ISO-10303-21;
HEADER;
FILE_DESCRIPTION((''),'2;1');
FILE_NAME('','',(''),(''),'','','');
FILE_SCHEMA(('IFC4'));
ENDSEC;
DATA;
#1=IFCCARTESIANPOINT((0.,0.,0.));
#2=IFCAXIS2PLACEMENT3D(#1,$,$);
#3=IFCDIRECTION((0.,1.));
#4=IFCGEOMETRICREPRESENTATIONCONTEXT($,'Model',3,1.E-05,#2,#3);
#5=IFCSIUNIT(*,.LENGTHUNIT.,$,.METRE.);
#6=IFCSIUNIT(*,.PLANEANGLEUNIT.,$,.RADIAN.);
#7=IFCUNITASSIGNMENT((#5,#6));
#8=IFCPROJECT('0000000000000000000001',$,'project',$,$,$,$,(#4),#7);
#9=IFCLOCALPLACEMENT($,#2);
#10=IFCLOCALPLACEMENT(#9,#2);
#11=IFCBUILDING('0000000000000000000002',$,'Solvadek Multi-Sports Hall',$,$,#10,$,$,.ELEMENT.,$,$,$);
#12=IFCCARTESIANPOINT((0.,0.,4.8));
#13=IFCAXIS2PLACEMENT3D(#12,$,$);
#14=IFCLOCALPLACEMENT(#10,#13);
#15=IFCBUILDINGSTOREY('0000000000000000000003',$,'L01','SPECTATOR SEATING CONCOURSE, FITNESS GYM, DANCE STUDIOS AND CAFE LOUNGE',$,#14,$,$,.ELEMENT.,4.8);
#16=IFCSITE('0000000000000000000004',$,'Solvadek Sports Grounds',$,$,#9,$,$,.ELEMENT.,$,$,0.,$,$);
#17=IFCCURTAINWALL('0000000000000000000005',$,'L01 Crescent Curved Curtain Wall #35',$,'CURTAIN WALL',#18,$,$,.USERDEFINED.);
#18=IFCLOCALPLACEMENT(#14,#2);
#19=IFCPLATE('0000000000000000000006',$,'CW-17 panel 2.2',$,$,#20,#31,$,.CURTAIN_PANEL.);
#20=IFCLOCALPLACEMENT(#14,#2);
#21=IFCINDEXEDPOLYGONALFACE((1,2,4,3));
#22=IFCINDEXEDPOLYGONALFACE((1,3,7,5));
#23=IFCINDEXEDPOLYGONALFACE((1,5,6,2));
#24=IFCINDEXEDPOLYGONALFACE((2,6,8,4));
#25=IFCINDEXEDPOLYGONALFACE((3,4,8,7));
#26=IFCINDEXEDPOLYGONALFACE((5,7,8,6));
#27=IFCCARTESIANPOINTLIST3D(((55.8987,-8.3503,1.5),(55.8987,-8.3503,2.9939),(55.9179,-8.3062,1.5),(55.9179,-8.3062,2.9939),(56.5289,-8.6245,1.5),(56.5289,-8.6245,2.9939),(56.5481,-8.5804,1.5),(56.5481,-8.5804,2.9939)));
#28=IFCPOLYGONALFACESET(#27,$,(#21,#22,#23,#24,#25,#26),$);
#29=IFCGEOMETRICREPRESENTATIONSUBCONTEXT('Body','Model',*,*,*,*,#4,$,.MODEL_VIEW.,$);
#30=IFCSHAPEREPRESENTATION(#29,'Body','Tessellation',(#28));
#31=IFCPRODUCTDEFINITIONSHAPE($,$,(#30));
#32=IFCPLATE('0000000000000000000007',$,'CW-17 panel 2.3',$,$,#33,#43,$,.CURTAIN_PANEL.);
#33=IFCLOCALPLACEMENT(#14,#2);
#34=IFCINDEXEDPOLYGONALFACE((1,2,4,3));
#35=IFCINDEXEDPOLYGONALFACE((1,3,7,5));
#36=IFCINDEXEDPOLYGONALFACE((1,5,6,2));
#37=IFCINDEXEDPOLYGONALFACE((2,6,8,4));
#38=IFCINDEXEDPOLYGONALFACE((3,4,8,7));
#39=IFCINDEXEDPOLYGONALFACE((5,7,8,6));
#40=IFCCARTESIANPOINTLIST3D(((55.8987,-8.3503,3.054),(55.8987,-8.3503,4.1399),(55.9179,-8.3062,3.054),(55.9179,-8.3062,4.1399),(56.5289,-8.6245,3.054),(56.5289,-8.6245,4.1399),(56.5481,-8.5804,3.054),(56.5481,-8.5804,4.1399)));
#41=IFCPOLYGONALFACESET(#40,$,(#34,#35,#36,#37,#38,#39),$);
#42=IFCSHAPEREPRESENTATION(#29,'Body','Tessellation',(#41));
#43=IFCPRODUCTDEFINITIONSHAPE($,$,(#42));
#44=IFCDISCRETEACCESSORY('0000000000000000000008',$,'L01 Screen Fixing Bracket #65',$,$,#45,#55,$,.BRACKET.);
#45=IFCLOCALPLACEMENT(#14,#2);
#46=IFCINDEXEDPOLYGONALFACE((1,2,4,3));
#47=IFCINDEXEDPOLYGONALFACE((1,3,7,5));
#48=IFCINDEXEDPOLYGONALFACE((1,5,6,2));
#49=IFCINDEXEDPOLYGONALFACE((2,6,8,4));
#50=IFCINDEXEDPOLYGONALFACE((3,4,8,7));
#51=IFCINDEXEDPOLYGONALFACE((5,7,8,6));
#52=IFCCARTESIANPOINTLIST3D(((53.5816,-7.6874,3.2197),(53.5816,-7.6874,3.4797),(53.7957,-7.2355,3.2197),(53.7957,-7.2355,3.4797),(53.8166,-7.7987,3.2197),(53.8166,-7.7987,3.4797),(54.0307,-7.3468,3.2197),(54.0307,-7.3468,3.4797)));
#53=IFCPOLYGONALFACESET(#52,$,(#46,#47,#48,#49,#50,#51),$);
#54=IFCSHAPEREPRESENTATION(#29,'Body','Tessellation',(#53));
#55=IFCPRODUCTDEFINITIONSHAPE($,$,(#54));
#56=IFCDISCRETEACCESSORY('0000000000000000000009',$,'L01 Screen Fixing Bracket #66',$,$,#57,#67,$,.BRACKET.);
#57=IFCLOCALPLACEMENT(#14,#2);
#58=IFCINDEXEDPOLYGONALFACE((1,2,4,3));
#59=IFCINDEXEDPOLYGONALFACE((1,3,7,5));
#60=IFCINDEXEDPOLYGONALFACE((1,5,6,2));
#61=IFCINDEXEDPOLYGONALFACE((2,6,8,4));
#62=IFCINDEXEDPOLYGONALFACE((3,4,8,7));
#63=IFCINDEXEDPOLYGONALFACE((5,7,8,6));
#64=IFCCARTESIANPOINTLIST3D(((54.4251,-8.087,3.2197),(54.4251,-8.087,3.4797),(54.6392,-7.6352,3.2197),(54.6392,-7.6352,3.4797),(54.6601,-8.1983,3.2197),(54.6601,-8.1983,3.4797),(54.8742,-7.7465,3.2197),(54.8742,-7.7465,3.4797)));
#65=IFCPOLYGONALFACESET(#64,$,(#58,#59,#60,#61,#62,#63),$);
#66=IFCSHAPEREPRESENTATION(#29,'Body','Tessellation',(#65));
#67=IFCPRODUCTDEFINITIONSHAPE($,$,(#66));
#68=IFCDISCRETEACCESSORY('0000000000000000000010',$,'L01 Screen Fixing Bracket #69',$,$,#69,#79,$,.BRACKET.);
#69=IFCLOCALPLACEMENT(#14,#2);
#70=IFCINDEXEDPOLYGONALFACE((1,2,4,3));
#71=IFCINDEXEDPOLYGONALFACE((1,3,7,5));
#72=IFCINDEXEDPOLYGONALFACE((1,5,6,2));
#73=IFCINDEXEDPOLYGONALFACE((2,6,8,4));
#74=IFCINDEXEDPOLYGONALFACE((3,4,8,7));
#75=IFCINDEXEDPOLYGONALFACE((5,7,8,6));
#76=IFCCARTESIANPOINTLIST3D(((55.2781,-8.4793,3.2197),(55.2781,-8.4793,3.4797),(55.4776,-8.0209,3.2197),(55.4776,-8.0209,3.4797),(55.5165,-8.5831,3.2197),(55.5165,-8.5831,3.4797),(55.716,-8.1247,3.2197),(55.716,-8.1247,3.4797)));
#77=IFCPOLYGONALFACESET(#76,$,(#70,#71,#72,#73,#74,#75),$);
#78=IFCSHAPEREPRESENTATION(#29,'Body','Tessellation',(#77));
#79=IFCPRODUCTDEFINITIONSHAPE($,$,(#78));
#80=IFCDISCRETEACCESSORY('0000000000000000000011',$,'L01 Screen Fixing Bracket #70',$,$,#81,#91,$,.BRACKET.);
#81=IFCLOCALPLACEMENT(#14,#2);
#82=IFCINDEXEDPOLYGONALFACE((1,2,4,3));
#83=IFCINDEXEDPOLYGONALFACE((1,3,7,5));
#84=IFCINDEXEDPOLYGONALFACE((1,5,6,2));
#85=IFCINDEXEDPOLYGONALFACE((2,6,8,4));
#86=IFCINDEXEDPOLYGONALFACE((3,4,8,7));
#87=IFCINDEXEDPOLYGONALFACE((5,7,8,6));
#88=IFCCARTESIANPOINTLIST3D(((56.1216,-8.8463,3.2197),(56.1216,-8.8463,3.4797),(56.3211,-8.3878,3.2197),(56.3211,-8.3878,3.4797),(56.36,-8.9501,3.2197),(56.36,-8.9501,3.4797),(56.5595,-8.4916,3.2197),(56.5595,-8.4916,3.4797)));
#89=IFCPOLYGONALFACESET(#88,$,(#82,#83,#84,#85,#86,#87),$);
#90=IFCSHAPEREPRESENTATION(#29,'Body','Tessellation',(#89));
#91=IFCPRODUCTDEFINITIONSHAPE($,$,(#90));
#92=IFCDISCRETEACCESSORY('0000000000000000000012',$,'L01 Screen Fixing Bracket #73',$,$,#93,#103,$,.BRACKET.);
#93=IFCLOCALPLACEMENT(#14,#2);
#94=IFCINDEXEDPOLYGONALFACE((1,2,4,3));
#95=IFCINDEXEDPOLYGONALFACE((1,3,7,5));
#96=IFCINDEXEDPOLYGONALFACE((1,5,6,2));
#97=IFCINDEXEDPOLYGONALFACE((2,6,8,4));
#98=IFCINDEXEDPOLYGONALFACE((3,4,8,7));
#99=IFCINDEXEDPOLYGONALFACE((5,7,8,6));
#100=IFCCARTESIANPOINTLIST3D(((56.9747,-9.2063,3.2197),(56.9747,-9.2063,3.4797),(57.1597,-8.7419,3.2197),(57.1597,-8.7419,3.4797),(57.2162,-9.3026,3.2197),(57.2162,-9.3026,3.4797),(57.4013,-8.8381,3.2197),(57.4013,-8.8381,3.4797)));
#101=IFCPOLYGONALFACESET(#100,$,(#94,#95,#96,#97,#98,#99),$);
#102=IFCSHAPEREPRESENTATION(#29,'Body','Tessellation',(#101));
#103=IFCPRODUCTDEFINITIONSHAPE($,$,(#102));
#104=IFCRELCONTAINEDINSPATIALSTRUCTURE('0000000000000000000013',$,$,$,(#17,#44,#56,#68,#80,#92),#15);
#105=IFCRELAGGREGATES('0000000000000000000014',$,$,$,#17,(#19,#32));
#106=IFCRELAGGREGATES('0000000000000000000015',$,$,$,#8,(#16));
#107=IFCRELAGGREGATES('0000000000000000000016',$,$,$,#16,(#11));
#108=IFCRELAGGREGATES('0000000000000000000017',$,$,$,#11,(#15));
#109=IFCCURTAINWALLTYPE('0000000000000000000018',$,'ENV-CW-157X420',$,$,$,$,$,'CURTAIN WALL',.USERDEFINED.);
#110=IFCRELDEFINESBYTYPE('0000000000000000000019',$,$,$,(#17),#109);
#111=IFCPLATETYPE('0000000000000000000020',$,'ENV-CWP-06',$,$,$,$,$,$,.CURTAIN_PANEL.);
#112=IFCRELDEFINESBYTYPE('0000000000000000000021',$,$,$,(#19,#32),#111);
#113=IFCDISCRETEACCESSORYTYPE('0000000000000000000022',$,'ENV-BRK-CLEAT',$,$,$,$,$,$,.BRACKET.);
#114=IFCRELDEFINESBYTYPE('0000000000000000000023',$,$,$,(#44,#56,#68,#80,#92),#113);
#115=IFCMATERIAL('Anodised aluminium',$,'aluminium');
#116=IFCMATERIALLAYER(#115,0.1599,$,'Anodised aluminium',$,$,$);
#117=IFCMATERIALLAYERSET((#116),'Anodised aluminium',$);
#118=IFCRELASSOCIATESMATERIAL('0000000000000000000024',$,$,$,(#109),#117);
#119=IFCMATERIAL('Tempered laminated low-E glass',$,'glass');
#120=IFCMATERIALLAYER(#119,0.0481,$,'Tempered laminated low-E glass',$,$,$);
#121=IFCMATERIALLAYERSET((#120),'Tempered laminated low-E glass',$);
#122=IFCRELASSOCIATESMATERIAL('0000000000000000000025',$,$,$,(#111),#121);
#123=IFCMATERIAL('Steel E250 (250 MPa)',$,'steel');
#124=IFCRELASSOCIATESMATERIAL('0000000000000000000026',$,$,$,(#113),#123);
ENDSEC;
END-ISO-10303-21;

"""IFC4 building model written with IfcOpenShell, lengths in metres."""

from ifc_helpers import new_model, si_unit, direction, frame, origin, origin_2d, place, context, subcontext, project, spatial, rectangle, extrude, material, layer, layer_set, type_object, element, aggregate, save


model = new_model("IFC4")

# Units and contexts
model_context = context("Model", 3, precision=1e-05, world=origin(), true_north=direction((0.0, 1.0)))
body_context = subcontext(model_context, "Body", "Model", "MODEL_VIEW")
ifc_project = project(units=[si_unit("LENGTHUNIT", "METRE"), si_unit("PLANEANGLEUNIT", "RADIAN")], contexts=[model_context])

# Site, building, storey
site_placement = place(None, origin())
site = spatial("IfcSite", under=ifc_project, at=site_placement, Name="Solvadek Sports Grounds", CompositionType="ELEMENT", RefElevation=0.0)
building_placement = place(site_placement, origin())
building = spatial("IfcBuilding", under=site, at=building_placement, Name="Solvadek Multi-Sports Hall", CompositionType="ELEMENT")
storey_placement = place(building_placement, frame((0.0, 0.0, 4.8)))
storey = spatial("IfcBuildingStorey", under=building, at=storey_placement, Name="L01", Description="SPECTATOR SEATING CONCOURSE, FITNESS GYM, DANCE STUDIOS AND CAFE LOUNGE", CompositionType="ELEMENT", Elevation=4.8)

# Curtain wall
ifc_material_1 = material(Name="Anodised aluminium", Category="aluminium")
ifc_layer_1 = layer(ifc_material_1, 0.1599, Name="Anodised aluminium")
ifc_layer_set_1 = layer_set([ifc_layer_1], Name="Anodised aluminium")
curtain_wall_type_1 = type_object("IfcCurtainWallType", Name="ENV-CW-157X420", ElementType="CURTAIN WALL", PredefinedType="USERDEFINED", material=ifc_layer_set_1)
curtain_wall_1_placement = place(storey_placement, origin())
curtain_wall_1 = element("IfcCurtainWall", 1, at=curtain_wall_1_placement, inside=storey, type_object=curtain_wall_type_1, Name="L01 Crescent Curved Curtain Wall #35", ObjectType="CURTAIN WALL", PredefinedType="USERDEFINED")

# Shared definitions
ifc_material_2 = material(Name="Steel E250 (250 MPa)", Category="steel")

# Plates
ifc_material_3 = material(Name="Tempered laminated low-E glass", Category="glass")
ifc_layer_2 = layer(ifc_material_3, 0.0481, Name="Tempered laminated low-E glass")
ifc_layer_set_2 = layer_set([ifc_layer_2], Name="Tempered laminated low-E glass")
plate_type_1 = type_object("IfcPlateType", Name="ENV-CWP-06", PredefinedType="CURTAIN_PANEL", material=ifc_layer_set_2)
plate_1_placement = place(storey_placement, frame((56.2234, -8.4653, 1.5), z_axis=(0.0, 0.0, 1.0), x_axis=(0.916926, -0.399057, 0.0)))
plate_1 = element("IfcPlate", 2, at=plate_1_placement, type_object=plate_type_1, Name="CW-17 panel 2.2", PredefinedType="CURTAIN_PANEL", context=body_context, shape_type="SweptSolid", body=[
    extrude(rectangle(XDim=0.6873, YDim=0.0481, at=origin_2d()), origin(), (0.0, 0.0, 1.0), 1.4939),
])
plate_2_placement = place(storey_placement, frame((56.2234, -8.4653, 3.054), z_axis=(0.0, 0.0, 1.0), x_axis=(0.916926, -0.399057, 0.0)))
plate_2 = element("IfcPlate", 3, at=plate_2_placement, type_object=plate_type_1, Name="CW-17 panel 2.3", PredefinedType="CURTAIN_PANEL", context=body_context, shape_type="SweptSolid", body=[
    extrude(rectangle(XDim=0.6873, YDim=0.0481, at=origin_2d()), origin(), (0.0, 0.0, 1.0), 1.0859),
])
aggregate(curtain_wall_1, [plate_1, plate_2])

# Discrete accessories
discrete_accessory_type = type_object("IfcDiscreteAccessoryType", Name="ENV-BRK-CLEAT", PredefinedType="BRACKET", material=ifc_material_2)
for number, where, z_axis, x_axis, name in (
    (4, (53.8062, -7.5171, 3.2197), (0.0, 0.0, 1.0), (0.903719, -0.428125, 0.0), "L01 Screen Fixing Bracket #65"),
    (5, (54.6497, -7.9167, 3.2197), (0.0, 0.0, 1.0), (0.903719, -0.428125, 0.0), "L01 Screen Fixing Bracket #66"),
    (6, (55.4971, -8.302, 3.2197), (0.0, 0.0, 1.0), (0.916918, -0.399076, 0.0), "L01 Screen Fixing Bracket #69"),
    (7, (56.3406, -8.6689, 3.2197), (0.0, 0.0, 1.0), (0.916918, -0.399076, 0.0), "L01 Screen Fixing Bracket #70"),
    (8, (57.188, -9.0222, 3.2197), (0.0, 0.0, 1.0), (0.928981, -0.370128, 0.0), "L01 Screen Fixing Bracket #73"),
):
    element("IfcDiscreteAccessory", number, at=place(storey_placement, frame(where, z_axis=z_axis, x_axis=x_axis)), inside=storey, type_object=discrete_accessory_type, Name=name, PredefinedType="BRACKET", context=body_context, shape_type="SweptSolid", body=[
        extrude(rectangle(XDim=0.26, YDim=0.5, at=origin_2d()), origin(), (0.0, 0.0, 1.0), 0.26),
    ])

save(model, "model.ifc")
